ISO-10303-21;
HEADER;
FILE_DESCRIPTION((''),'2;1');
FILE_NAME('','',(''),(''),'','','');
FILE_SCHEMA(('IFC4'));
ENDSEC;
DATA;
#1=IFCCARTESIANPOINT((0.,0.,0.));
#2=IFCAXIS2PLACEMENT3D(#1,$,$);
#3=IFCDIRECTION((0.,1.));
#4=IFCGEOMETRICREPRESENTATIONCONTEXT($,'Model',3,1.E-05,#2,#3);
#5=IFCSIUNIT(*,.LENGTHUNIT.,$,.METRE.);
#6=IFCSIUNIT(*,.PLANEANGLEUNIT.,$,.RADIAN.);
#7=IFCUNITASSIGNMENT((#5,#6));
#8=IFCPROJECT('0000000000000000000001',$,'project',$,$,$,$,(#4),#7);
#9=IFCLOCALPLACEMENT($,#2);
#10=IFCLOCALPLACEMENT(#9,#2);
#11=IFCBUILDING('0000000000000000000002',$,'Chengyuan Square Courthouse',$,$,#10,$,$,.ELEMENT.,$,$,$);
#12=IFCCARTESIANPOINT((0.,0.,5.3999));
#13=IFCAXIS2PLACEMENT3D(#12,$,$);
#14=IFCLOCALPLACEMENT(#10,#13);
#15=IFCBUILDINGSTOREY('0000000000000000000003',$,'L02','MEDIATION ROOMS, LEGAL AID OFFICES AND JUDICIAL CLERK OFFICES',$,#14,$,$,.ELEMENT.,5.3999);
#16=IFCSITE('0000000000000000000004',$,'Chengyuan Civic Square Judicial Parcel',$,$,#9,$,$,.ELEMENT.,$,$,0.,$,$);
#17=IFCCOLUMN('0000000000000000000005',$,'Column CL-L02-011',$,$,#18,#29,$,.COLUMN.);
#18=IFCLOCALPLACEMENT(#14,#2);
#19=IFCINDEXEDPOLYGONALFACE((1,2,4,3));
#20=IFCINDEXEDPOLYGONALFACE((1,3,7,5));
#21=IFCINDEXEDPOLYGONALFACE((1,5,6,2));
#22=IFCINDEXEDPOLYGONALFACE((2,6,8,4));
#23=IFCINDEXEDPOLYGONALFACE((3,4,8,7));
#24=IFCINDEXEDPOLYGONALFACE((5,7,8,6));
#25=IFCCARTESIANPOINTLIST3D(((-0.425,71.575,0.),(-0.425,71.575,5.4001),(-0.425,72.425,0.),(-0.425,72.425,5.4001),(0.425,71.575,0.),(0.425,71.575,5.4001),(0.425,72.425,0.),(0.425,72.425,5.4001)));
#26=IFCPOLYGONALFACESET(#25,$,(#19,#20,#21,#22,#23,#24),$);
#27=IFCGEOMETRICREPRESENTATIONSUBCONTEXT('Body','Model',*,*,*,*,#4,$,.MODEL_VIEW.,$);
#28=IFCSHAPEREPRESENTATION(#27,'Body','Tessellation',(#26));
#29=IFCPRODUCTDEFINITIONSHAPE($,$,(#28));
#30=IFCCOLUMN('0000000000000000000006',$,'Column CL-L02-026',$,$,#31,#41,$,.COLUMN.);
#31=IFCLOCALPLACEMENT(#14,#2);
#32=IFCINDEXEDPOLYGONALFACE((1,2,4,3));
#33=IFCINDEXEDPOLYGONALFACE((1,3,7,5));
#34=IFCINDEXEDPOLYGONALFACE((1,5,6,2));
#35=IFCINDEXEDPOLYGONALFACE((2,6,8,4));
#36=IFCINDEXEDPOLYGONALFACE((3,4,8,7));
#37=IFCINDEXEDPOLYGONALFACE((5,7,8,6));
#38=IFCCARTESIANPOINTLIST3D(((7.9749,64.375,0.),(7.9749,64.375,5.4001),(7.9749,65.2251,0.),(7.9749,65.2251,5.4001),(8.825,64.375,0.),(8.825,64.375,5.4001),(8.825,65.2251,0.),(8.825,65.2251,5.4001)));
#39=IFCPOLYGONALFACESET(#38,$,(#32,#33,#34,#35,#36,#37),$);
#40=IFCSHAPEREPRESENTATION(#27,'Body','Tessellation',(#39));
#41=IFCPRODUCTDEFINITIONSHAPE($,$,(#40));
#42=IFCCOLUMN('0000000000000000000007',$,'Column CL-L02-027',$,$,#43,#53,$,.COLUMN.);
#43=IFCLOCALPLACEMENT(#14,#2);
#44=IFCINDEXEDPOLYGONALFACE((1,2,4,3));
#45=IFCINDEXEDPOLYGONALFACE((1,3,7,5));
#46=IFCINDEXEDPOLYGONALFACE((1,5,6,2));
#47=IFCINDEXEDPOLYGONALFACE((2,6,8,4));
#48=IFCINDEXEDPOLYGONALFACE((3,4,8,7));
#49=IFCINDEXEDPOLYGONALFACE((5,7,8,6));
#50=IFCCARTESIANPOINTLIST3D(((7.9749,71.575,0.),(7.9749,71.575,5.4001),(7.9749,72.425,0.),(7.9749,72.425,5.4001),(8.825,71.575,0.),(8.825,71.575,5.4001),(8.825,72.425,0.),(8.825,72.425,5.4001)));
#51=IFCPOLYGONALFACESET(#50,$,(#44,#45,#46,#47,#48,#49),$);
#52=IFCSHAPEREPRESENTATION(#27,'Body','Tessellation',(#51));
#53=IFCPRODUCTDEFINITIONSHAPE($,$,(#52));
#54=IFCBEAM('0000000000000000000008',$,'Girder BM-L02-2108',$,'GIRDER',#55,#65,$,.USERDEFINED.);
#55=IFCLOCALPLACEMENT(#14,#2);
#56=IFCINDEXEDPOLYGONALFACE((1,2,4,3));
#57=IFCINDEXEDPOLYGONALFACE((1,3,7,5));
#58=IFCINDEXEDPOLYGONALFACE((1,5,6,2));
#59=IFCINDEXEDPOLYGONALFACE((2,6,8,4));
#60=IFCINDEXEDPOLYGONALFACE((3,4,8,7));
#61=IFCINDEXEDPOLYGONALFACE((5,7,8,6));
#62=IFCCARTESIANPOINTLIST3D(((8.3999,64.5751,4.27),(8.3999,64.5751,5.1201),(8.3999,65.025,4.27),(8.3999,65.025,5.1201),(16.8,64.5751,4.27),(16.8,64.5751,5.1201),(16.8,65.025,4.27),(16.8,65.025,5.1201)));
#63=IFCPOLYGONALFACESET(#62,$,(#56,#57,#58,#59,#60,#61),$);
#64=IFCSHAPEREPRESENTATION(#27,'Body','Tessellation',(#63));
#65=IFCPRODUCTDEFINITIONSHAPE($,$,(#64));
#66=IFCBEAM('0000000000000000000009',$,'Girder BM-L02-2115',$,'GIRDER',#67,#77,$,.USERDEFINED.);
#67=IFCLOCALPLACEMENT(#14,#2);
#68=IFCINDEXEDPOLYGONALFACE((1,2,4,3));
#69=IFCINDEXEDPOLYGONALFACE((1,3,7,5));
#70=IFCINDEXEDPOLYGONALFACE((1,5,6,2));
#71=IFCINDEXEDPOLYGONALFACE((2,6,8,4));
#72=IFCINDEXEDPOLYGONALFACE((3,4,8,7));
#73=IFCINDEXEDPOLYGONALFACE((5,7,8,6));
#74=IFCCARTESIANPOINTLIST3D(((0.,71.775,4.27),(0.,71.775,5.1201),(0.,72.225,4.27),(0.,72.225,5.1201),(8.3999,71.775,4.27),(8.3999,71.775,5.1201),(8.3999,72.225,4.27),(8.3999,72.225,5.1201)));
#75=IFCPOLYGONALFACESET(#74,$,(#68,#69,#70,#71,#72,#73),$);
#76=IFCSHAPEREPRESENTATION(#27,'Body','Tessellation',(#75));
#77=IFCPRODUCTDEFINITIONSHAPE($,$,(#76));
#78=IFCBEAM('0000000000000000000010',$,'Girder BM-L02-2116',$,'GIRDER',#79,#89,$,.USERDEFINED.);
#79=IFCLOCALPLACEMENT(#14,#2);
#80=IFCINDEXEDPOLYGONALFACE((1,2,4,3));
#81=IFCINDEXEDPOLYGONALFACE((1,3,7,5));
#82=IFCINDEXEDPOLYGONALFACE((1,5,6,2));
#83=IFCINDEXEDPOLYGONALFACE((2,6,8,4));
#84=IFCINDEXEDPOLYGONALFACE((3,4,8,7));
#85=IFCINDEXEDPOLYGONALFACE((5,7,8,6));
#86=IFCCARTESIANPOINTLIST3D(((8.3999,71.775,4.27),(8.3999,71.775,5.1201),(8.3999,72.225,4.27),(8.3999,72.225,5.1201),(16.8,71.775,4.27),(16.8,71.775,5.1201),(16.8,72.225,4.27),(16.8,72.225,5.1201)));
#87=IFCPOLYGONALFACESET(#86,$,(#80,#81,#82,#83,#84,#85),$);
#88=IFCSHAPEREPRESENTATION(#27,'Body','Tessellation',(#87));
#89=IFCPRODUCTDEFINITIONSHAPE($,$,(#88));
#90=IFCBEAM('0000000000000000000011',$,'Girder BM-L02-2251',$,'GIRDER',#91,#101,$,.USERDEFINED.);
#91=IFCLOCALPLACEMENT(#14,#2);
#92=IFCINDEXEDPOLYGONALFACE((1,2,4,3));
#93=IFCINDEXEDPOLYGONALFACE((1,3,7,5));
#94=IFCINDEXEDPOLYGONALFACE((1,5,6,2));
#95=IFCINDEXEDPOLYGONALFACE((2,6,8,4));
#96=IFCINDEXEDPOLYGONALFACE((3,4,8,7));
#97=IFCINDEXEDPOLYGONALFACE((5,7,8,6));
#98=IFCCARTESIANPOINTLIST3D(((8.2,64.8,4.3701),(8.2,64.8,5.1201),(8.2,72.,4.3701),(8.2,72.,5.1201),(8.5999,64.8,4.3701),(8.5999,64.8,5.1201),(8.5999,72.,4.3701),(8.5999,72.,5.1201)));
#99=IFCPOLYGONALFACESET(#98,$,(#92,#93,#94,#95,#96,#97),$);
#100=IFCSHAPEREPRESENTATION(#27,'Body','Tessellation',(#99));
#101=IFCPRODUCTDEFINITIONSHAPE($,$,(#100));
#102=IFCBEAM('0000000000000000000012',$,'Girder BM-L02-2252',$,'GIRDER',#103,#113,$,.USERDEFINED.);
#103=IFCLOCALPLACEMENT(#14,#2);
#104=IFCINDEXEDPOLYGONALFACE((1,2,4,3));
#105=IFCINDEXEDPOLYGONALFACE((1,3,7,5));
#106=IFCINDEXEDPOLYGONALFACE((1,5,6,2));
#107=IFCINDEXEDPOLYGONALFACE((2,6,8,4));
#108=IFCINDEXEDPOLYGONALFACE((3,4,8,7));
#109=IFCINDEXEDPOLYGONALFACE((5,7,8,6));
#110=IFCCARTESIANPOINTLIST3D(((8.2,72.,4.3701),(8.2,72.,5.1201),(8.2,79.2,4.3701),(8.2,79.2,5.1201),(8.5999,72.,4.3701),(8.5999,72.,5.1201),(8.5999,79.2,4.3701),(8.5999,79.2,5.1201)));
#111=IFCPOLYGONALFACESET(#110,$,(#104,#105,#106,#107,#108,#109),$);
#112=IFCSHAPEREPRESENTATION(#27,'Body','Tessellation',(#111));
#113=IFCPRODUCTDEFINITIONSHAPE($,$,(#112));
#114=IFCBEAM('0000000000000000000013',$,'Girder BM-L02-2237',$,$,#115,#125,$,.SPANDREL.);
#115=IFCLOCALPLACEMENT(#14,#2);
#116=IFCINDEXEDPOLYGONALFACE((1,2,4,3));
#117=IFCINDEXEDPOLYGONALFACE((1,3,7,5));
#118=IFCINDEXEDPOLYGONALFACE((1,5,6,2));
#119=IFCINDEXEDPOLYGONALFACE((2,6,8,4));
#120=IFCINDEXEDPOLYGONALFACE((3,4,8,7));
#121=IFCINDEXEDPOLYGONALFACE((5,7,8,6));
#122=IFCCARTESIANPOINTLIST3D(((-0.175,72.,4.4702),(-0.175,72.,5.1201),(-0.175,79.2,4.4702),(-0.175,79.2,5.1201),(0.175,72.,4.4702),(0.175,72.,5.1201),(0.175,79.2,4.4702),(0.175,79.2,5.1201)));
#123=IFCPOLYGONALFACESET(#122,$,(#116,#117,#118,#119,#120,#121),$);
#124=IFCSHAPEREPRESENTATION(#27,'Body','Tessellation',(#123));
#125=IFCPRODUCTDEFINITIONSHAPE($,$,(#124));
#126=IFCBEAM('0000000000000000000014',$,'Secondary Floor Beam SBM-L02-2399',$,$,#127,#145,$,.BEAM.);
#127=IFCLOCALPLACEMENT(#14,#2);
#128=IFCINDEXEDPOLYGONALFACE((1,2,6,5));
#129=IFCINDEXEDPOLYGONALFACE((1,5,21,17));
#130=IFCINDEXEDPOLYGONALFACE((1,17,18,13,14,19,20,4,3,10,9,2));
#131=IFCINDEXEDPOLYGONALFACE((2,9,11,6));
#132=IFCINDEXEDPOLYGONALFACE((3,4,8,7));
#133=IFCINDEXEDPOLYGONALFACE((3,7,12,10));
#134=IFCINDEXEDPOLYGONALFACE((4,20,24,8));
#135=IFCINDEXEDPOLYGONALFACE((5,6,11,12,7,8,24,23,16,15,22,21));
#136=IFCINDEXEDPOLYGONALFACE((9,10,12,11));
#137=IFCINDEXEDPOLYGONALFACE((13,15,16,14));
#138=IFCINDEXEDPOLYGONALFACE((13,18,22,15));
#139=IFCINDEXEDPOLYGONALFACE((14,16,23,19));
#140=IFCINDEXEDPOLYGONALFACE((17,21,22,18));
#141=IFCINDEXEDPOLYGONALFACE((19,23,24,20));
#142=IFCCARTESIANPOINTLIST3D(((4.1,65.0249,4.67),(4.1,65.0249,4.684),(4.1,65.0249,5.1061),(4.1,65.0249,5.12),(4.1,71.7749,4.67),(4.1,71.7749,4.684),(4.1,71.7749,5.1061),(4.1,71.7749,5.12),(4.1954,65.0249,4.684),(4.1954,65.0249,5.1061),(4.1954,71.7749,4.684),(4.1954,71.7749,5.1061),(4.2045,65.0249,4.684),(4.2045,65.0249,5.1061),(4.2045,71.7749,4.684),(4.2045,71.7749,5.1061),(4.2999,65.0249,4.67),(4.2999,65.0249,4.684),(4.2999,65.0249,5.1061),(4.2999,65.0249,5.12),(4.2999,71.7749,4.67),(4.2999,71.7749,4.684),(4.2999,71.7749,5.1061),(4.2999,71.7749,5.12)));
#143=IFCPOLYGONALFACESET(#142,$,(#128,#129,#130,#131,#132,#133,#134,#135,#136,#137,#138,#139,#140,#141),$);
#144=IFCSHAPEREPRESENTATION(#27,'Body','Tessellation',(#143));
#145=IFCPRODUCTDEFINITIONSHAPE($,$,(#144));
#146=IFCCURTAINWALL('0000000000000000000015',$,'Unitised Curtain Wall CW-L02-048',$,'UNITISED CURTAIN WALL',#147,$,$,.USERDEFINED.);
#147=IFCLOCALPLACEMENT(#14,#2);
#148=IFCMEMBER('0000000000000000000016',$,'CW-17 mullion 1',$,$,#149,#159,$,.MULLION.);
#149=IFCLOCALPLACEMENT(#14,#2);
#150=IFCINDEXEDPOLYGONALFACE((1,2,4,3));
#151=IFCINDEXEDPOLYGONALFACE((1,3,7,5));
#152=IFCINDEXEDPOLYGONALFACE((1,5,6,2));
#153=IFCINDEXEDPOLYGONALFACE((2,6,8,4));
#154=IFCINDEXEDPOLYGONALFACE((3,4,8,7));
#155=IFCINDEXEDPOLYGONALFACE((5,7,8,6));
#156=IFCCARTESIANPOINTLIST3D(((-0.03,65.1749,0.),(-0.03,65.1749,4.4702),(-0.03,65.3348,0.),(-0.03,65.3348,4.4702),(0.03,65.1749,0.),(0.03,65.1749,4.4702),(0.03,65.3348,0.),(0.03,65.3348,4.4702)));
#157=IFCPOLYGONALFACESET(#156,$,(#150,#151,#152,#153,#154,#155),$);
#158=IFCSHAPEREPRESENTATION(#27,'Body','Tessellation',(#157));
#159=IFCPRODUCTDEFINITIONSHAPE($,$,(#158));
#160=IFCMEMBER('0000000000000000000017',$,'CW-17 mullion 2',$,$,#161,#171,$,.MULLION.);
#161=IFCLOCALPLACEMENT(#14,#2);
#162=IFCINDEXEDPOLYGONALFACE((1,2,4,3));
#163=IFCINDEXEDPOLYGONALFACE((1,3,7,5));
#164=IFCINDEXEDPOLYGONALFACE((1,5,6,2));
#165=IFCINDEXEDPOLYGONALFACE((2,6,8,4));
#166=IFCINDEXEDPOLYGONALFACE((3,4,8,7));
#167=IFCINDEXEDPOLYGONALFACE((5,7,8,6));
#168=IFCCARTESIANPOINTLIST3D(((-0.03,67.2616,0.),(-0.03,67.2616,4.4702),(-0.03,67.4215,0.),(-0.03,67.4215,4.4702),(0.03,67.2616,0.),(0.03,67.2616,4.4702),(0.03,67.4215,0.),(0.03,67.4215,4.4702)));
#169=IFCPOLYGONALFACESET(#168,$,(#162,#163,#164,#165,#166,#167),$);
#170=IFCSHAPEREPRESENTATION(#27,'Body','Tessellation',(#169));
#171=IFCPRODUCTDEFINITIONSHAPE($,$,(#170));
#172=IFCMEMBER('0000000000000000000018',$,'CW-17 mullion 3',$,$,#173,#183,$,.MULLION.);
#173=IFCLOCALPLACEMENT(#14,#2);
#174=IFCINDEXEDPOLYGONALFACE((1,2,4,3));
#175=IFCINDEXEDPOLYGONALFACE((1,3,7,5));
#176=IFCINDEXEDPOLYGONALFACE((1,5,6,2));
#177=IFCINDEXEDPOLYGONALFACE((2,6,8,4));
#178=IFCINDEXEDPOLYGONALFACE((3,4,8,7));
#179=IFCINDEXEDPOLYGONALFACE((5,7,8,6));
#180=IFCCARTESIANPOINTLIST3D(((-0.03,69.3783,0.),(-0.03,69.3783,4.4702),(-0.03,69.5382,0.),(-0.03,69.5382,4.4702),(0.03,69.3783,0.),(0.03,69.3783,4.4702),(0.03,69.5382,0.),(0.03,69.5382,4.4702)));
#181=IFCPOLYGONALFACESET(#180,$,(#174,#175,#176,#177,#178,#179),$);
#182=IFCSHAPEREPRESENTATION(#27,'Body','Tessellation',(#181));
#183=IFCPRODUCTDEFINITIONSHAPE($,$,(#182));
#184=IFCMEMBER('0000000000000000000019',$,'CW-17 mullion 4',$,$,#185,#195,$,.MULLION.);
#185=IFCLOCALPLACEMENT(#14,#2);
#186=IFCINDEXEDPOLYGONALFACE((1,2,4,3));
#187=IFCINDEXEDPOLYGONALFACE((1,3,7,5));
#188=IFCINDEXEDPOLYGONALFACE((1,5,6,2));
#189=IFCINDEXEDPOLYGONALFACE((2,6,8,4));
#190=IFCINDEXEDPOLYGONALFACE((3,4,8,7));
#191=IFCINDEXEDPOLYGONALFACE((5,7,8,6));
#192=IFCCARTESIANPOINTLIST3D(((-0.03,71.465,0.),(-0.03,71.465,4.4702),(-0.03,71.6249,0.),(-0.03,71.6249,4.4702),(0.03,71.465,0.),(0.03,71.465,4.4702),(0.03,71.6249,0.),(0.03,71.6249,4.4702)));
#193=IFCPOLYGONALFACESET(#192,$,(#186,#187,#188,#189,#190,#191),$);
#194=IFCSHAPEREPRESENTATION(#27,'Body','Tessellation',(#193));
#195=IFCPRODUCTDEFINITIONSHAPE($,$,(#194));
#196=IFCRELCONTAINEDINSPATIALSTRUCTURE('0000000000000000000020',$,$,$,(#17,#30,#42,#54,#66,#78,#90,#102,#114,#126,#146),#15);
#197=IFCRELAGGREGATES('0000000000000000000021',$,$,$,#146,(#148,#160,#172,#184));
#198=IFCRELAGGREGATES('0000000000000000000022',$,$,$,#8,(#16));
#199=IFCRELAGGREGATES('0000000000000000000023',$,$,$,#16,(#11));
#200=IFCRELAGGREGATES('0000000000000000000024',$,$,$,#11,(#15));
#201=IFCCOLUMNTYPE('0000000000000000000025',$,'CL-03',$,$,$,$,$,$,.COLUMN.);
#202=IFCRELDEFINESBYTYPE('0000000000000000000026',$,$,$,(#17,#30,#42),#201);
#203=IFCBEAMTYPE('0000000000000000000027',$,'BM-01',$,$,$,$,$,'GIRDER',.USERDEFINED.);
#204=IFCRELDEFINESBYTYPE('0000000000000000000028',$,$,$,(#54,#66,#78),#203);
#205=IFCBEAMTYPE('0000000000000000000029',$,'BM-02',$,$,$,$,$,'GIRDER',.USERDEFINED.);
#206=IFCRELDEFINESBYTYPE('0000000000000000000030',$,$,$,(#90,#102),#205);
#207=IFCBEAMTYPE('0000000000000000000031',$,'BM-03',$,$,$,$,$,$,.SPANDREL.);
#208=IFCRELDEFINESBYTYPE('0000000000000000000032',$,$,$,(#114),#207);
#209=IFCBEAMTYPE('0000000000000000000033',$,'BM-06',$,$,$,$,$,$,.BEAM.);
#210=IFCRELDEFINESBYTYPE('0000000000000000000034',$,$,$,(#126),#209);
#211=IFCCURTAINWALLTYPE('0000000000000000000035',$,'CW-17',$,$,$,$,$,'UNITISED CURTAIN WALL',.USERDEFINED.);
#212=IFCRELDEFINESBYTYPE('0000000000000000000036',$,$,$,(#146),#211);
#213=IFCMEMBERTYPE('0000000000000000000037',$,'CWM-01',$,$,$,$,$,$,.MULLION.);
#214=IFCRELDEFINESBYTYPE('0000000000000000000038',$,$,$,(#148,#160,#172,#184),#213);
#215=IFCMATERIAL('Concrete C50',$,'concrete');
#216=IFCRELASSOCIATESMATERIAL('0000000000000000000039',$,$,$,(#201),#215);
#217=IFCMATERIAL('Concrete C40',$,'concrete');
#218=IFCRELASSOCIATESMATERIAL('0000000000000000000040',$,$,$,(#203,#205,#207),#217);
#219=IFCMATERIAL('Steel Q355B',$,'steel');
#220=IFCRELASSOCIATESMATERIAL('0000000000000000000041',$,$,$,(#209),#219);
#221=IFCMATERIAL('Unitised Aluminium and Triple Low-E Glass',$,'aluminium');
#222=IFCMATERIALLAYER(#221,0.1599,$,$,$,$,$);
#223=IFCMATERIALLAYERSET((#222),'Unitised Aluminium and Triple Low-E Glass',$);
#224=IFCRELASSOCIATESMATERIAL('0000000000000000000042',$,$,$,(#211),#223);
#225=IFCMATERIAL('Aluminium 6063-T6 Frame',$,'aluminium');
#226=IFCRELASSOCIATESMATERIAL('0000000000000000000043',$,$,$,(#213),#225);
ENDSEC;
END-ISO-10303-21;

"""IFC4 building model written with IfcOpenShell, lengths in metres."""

from ifc_helpers import new_model, si_unit, direction, frame, origin, origin_2d, place, context, subcontext, project, spatial, rectangle, i_section, extrude, material, layer, layer_set, material_profile, profile_set, type_object, element, aggregate, save


model = new_model("IFC4")

# Units and contexts
model_context = context("Model", 3, precision=1e-05, world=origin(), true_north=direction((0.0, 1.0)))
body_context = subcontext(model_context, "Body", "Model", "MODEL_VIEW")
ifc_project = project(units=[si_unit("LENGTHUNIT", "METRE"), si_unit("PLANEANGLEUNIT", "RADIAN")], contexts=[model_context])

# Site, building, storey
site_placement = place(None, origin())
site = spatial("IfcSite", under=ifc_project, at=site_placement, Name="Chengyuan Civic Square Judicial Parcel", CompositionType="ELEMENT", RefElevation=0.0)
building_placement = place(site_placement, origin())
building = spatial("IfcBuilding", under=site, at=building_placement, Name="Chengyuan Square Courthouse", CompositionType="ELEMENT")
storey_placement = place(building_placement, frame((0.0, 0.0, 5.3999)))
storey = spatial("IfcBuildingStorey", under=building, at=storey_placement, Name="L02", Description="MEDIATION ROOMS, LEGAL AID OFFICES AND JUDICIAL CLERK OFFICES", CompositionType="ELEMENT", Elevation=5.3999)

# Columns
ifc_material_1 = material(Name="Concrete C50", Category="concrete")
ifc_material_profile_1 = material_profile(ifc_material_1, rectangle(XDim=0.8501, YDim=0.8501, at=origin_2d()), Name="RC-COL-850x850")
ifc_profile_set_1 = profile_set([ifc_material_profile_1], Name="Concrete C50")
column_type = type_object("IfcColumnType", Name="CL-03", PredefinedType="COLUMN", material=ifc_profile_set_1)
for number, where, z_axis, x_axis, name in (
    (1, (0.0, 72.0, 0.0), (0.0, 0.0, 1.0), (1.0, 0.0, 0.0), "Column CL-L02-011"),
    (2, (8.3999, 64.8, 0.0), (0.0, 0.0, 1.0), (1.0, 0.0, 0.0), "Column CL-L02-026"),
    (3, (8.3999, 72.0, 0.0), (0.0, 0.0, 1.0), (1.0, 0.0, 0.0), "Column CL-L02-027"),
):
    element("IfcColumn", number, at=place(storey_placement, frame(where, z_axis=z_axis, x_axis=x_axis)), inside=storey, type_object=column_type, Name=name, PredefinedType="COLUMN", context=body_context, shape_type="SweptSolid", body=[
        extrude(rectangle(XDim=0.8501, YDim=0.8501, at=origin_2d()), origin(), (0.0, 0.0, 1.0), 5.4001),
    ])

# Beams
ifc_material_2 = material(Name="Concrete C40", Category="concrete")
ifc_material_profile_2 = material_profile(ifc_material_2, rectangle(XDim=0.45, YDim=0.8501, at=origin_2d()), Name="RC-BM-450x850")
ifc_profile_set_2 = profile_set([ifc_material_profile_2], Name="Concrete C40")
beam_type_1 = type_object("IfcBeamType", Name="BM-01", ElementType="GIRDER", PredefinedType="USERDEFINED", material=ifc_profile_set_2)
beam_1_placement = place(storey_placement, frame((8.3999, 64.8, 4.6951), z_axis=(1.0, 0.0, 0.0), x_axis=(0.0, 1.0, 0.0)))
element("IfcBeam", 4, at=beam_1_placement, inside=storey, type_object=beam_type_1, Name="Girder BM-L02-2108", ObjectType="GIRDER", PredefinedType="USERDEFINED", context=body_context, shape_type="SweptSolid", body=[
    extrude(rectangle(XDim=0.45, YDim=0.8501, at=origin_2d()), origin(), (0.0, 0.0, 1.0), 8.4001),
])
beam_2_placement = place(storey_placement, frame((0.0, 72.0, 4.6951), z_axis=(1.0, 0.0, 0.0), x_axis=(0.0, 1.0, 0.0)))
element("IfcBeam", 5, at=beam_2_placement, inside=storey, type_object=beam_type_1, Name="Girder BM-L02-2115", ObjectType="GIRDER", PredefinedType="USERDEFINED", context=body_context, shape_type="SweptSolid", body=[
    extrude(rectangle(XDim=0.45, YDim=0.8501, at=origin_2d()), origin(), (0.0, 0.0, 1.0), 8.3999),
])
beam_3_placement = place(storey_placement, frame((8.3999, 72.0, 4.6951), z_axis=(1.0, 0.0, 0.0), x_axis=(0.0, 1.0, 0.0)))
element("IfcBeam", 6, at=beam_3_placement, inside=storey, type_object=beam_type_1, Name="Girder BM-L02-2116", ObjectType="GIRDER", PredefinedType="USERDEFINED", context=body_context, shape_type="SweptSolid", body=[
    extrude(rectangle(XDim=0.45, YDim=0.8501, at=origin_2d()), origin(), (0.0, 0.0, 1.0), 8.4001),
])
ifc_material_profile_3 = material_profile(ifc_material_2, rectangle(XDim=0.3999, YDim=0.75, at=origin_2d()), Name="RC-BM-400x750")
ifc_profile_set_3 = profile_set([ifc_material_profile_3], Name="Concrete C40")
beam_type_2 = type_object("IfcBeamType", Name="BM-02", ElementType="GIRDER", PredefinedType="USERDEFINED", material=ifc_profile_set_3)
for number, where, z_axis, x_axis, name in (
    (7, (8.3999, 64.8, 4.7451), (0.0, 1.0, 0.0), (-1.0, 0.0, 0.0), "Girder BM-L02-2251"),
    (8, (8.3999, 72.0, 4.7451), (0.0, 1.0, 0.0), (-1.0, 0.0, 0.0), "Girder BM-L02-2252"),
):
    element("IfcBeam", number, at=place(storey_placement, frame(where, z_axis=z_axis, x_axis=x_axis)), inside=storey, type_object=beam_type_2, Name=name, ObjectType="GIRDER", PredefinedType="USERDEFINED", context=body_context, shape_type="SweptSolid", body=[
        extrude(rectangle(XDim=0.3999, YDim=0.75, at=origin_2d()), origin(), (0.0, 0.0, 1.0), 7.2),
    ])
ifc_material_profile_4 = material_profile(ifc_material_2, rectangle(XDim=0.3501, YDim=0.6499, at=origin_2d()), Name="RC-BM-350x650")
ifc_profile_set_4 = profile_set([ifc_material_profile_4], Name="Concrete C40")
beam_type_3 = type_object("IfcBeamType", Name="BM-03", PredefinedType="SPANDREL", material=ifc_profile_set_4)
beam_4_placement = place(storey_placement, frame((0.0, 72.0, 4.7952), z_axis=(0.0, 1.0, 0.0), x_axis=(-1.0, 0.0, 0.0)))
element("IfcBeam", 9, at=beam_4_placement, inside=storey, type_object=beam_type_3, Name="Girder BM-L02-2237", PredefinedType="SPANDREL", context=body_context, shape_type="SweptSolid", body=[
    extrude(rectangle(XDim=0.3501, YDim=0.6499, at=origin_2d()), origin(), (0.0, 0.0, 1.0), 7.2),
])
ifc_material_3 = material(Name="Steel Q355B", Category="steel")
ifc_material_profile_5 = material_profile(ifc_material_3, i_section(OverallWidth=0.2, OverallDepth=0.45, WebThickness=0.009, FlangeThickness=0.0139, at=origin_2d()), Name="HN 450x200x9x14")
ifc_profile_set_5 = profile_set([ifc_material_profile_5], Name="Steel Q355B")
beam_type_4 = type_object("IfcBeamType", Name="BM-06", PredefinedType="BEAM", material=ifc_profile_set_5)
beam_5_placement = place(storey_placement, frame((4.2, 65.0249, 4.895), z_axis=(0.0, 1.0, 0.0), x_axis=(-1.0, 0.0, 0.0)))
element("IfcBeam", 10, at=beam_5_placement, inside=storey, type_object=beam_type_4, Name="Secondary Floor Beam SBM-L02-2399", PredefinedType="BEAM", context=body_context, shape_type="SweptSolid", body=[
    extrude(i_section(OverallWidth=0.2, OverallDepth=0.45, WebThickness=0.009, FlangeThickness=0.0139, at=origin_2d()), origin(), (0.0, 0.0, 1.0), 6.75),
])

# Curtain wall, members
ifc_material_4 = material(Name="Unitised Aluminium and Triple Low-E Glass", Category="aluminium")
ifc_layer_1 = layer(ifc_material_4, 0.1599)
ifc_layer_set_1 = layer_set([ifc_layer_1], Name="Unitised Aluminium and Triple Low-E Glass")
curtain_wall_type = type_object("IfcCurtainWallType", Name="CW-17", ElementType="UNITISED CURTAIN WALL", PredefinedType="USERDEFINED", material=ifc_layer_set_1)
curtain_wall_placement = place(storey_placement, origin())
curtain_wall = element("IfcCurtainWall", 11, at=curtain_wall_placement, inside=storey, type_object=curtain_wall_type, Name="Unitised Curtain Wall CW-L02-048", ObjectType="UNITISED CURTAIN WALL", PredefinedType="USERDEFINED")
ifc_material_5 = material(Name="Aluminium 6063-T6 Frame", Category="aluminium")
ifc_material_profile_6 = material_profile(ifc_material_5, rectangle(XDim=0.0601, YDim=0.1599, at=origin_2d()), Name="CW-MUL-60x160")
ifc_profile_set_6 = profile_set([ifc_material_profile_6], Name="Aluminium 6063-T6 Frame")
member_type_1 = type_object("IfcMemberType", Name="CWM-01", PredefinedType="MULLION", material=ifc_profile_set_6)
member_1_placement = place(storey_placement, frame((0.0, 65.2549, 0.0), z_axis=(0.0, 0.0, 1.0), x_axis=(-1.0, 0.0, 0.0)))
member_1 = element("IfcMember", 12, at=member_1_placement, type_object=member_type_1, Name="CW-17 mullion 1", PredefinedType="MULLION", context=body_context, shape_type="SweptSolid", body=[
    extrude(rectangle(XDim=0.0601, YDim=0.1599, at=origin_2d()), origin(), (0.0, 0.0, 1.0), 4.4702),
])
member_2_placement = place(storey_placement, frame((0.0, 67.3416, 0.0), z_axis=(0.0, 0.0, 1.0), x_axis=(-1.0, 0.0, 0.0)))
member_2 = element("IfcMember", 13, at=member_2_placement, type_object=member_type_1, Name="CW-17 mullion 2", PredefinedType="MULLION", context=body_context, shape_type="SweptSolid", body=[
    extrude(rectangle(XDim=0.0601, YDim=0.1599, at=origin_2d()), origin(), (0.0, 0.0, 1.0), 4.4702),
])
member_3_placement = place(storey_placement, frame((0.0, 69.4583, 0.0), z_axis=(0.0, 0.0, 1.0), x_axis=(-1.0, 0.0, 0.0)))
member_3 = element("IfcMember", 14, at=member_3_placement, type_object=member_type_1, Name="CW-17 mullion 3", PredefinedType="MULLION", context=body_context, shape_type="SweptSolid", body=[
    extrude(rectangle(XDim=0.0601, YDim=0.1599, at=origin_2d()), origin(), (0.0, 0.0, 1.0), 4.4702),
])
member_4_placement = place(storey_placement, frame((0.0, 71.5449, 0.0), z_axis=(0.0, 0.0, 1.0), x_axis=(-1.0, 0.0, 0.0)))
member_4 = element("IfcMember", 15, at=member_4_placement, type_object=member_type_1, Name="CW-17 mullion 4", PredefinedType="MULLION", context=body_context, shape_type="SweptSolid", body=[
    extrude(rectangle(XDim=0.0601, YDim=0.1599, at=origin_2d()), origin(), (0.0, 0.0, 1.0), 4.4702),
])
aggregate(curtain_wall, [member_1, member_2, member_3, member_4])

save(model, "model.ifc")
